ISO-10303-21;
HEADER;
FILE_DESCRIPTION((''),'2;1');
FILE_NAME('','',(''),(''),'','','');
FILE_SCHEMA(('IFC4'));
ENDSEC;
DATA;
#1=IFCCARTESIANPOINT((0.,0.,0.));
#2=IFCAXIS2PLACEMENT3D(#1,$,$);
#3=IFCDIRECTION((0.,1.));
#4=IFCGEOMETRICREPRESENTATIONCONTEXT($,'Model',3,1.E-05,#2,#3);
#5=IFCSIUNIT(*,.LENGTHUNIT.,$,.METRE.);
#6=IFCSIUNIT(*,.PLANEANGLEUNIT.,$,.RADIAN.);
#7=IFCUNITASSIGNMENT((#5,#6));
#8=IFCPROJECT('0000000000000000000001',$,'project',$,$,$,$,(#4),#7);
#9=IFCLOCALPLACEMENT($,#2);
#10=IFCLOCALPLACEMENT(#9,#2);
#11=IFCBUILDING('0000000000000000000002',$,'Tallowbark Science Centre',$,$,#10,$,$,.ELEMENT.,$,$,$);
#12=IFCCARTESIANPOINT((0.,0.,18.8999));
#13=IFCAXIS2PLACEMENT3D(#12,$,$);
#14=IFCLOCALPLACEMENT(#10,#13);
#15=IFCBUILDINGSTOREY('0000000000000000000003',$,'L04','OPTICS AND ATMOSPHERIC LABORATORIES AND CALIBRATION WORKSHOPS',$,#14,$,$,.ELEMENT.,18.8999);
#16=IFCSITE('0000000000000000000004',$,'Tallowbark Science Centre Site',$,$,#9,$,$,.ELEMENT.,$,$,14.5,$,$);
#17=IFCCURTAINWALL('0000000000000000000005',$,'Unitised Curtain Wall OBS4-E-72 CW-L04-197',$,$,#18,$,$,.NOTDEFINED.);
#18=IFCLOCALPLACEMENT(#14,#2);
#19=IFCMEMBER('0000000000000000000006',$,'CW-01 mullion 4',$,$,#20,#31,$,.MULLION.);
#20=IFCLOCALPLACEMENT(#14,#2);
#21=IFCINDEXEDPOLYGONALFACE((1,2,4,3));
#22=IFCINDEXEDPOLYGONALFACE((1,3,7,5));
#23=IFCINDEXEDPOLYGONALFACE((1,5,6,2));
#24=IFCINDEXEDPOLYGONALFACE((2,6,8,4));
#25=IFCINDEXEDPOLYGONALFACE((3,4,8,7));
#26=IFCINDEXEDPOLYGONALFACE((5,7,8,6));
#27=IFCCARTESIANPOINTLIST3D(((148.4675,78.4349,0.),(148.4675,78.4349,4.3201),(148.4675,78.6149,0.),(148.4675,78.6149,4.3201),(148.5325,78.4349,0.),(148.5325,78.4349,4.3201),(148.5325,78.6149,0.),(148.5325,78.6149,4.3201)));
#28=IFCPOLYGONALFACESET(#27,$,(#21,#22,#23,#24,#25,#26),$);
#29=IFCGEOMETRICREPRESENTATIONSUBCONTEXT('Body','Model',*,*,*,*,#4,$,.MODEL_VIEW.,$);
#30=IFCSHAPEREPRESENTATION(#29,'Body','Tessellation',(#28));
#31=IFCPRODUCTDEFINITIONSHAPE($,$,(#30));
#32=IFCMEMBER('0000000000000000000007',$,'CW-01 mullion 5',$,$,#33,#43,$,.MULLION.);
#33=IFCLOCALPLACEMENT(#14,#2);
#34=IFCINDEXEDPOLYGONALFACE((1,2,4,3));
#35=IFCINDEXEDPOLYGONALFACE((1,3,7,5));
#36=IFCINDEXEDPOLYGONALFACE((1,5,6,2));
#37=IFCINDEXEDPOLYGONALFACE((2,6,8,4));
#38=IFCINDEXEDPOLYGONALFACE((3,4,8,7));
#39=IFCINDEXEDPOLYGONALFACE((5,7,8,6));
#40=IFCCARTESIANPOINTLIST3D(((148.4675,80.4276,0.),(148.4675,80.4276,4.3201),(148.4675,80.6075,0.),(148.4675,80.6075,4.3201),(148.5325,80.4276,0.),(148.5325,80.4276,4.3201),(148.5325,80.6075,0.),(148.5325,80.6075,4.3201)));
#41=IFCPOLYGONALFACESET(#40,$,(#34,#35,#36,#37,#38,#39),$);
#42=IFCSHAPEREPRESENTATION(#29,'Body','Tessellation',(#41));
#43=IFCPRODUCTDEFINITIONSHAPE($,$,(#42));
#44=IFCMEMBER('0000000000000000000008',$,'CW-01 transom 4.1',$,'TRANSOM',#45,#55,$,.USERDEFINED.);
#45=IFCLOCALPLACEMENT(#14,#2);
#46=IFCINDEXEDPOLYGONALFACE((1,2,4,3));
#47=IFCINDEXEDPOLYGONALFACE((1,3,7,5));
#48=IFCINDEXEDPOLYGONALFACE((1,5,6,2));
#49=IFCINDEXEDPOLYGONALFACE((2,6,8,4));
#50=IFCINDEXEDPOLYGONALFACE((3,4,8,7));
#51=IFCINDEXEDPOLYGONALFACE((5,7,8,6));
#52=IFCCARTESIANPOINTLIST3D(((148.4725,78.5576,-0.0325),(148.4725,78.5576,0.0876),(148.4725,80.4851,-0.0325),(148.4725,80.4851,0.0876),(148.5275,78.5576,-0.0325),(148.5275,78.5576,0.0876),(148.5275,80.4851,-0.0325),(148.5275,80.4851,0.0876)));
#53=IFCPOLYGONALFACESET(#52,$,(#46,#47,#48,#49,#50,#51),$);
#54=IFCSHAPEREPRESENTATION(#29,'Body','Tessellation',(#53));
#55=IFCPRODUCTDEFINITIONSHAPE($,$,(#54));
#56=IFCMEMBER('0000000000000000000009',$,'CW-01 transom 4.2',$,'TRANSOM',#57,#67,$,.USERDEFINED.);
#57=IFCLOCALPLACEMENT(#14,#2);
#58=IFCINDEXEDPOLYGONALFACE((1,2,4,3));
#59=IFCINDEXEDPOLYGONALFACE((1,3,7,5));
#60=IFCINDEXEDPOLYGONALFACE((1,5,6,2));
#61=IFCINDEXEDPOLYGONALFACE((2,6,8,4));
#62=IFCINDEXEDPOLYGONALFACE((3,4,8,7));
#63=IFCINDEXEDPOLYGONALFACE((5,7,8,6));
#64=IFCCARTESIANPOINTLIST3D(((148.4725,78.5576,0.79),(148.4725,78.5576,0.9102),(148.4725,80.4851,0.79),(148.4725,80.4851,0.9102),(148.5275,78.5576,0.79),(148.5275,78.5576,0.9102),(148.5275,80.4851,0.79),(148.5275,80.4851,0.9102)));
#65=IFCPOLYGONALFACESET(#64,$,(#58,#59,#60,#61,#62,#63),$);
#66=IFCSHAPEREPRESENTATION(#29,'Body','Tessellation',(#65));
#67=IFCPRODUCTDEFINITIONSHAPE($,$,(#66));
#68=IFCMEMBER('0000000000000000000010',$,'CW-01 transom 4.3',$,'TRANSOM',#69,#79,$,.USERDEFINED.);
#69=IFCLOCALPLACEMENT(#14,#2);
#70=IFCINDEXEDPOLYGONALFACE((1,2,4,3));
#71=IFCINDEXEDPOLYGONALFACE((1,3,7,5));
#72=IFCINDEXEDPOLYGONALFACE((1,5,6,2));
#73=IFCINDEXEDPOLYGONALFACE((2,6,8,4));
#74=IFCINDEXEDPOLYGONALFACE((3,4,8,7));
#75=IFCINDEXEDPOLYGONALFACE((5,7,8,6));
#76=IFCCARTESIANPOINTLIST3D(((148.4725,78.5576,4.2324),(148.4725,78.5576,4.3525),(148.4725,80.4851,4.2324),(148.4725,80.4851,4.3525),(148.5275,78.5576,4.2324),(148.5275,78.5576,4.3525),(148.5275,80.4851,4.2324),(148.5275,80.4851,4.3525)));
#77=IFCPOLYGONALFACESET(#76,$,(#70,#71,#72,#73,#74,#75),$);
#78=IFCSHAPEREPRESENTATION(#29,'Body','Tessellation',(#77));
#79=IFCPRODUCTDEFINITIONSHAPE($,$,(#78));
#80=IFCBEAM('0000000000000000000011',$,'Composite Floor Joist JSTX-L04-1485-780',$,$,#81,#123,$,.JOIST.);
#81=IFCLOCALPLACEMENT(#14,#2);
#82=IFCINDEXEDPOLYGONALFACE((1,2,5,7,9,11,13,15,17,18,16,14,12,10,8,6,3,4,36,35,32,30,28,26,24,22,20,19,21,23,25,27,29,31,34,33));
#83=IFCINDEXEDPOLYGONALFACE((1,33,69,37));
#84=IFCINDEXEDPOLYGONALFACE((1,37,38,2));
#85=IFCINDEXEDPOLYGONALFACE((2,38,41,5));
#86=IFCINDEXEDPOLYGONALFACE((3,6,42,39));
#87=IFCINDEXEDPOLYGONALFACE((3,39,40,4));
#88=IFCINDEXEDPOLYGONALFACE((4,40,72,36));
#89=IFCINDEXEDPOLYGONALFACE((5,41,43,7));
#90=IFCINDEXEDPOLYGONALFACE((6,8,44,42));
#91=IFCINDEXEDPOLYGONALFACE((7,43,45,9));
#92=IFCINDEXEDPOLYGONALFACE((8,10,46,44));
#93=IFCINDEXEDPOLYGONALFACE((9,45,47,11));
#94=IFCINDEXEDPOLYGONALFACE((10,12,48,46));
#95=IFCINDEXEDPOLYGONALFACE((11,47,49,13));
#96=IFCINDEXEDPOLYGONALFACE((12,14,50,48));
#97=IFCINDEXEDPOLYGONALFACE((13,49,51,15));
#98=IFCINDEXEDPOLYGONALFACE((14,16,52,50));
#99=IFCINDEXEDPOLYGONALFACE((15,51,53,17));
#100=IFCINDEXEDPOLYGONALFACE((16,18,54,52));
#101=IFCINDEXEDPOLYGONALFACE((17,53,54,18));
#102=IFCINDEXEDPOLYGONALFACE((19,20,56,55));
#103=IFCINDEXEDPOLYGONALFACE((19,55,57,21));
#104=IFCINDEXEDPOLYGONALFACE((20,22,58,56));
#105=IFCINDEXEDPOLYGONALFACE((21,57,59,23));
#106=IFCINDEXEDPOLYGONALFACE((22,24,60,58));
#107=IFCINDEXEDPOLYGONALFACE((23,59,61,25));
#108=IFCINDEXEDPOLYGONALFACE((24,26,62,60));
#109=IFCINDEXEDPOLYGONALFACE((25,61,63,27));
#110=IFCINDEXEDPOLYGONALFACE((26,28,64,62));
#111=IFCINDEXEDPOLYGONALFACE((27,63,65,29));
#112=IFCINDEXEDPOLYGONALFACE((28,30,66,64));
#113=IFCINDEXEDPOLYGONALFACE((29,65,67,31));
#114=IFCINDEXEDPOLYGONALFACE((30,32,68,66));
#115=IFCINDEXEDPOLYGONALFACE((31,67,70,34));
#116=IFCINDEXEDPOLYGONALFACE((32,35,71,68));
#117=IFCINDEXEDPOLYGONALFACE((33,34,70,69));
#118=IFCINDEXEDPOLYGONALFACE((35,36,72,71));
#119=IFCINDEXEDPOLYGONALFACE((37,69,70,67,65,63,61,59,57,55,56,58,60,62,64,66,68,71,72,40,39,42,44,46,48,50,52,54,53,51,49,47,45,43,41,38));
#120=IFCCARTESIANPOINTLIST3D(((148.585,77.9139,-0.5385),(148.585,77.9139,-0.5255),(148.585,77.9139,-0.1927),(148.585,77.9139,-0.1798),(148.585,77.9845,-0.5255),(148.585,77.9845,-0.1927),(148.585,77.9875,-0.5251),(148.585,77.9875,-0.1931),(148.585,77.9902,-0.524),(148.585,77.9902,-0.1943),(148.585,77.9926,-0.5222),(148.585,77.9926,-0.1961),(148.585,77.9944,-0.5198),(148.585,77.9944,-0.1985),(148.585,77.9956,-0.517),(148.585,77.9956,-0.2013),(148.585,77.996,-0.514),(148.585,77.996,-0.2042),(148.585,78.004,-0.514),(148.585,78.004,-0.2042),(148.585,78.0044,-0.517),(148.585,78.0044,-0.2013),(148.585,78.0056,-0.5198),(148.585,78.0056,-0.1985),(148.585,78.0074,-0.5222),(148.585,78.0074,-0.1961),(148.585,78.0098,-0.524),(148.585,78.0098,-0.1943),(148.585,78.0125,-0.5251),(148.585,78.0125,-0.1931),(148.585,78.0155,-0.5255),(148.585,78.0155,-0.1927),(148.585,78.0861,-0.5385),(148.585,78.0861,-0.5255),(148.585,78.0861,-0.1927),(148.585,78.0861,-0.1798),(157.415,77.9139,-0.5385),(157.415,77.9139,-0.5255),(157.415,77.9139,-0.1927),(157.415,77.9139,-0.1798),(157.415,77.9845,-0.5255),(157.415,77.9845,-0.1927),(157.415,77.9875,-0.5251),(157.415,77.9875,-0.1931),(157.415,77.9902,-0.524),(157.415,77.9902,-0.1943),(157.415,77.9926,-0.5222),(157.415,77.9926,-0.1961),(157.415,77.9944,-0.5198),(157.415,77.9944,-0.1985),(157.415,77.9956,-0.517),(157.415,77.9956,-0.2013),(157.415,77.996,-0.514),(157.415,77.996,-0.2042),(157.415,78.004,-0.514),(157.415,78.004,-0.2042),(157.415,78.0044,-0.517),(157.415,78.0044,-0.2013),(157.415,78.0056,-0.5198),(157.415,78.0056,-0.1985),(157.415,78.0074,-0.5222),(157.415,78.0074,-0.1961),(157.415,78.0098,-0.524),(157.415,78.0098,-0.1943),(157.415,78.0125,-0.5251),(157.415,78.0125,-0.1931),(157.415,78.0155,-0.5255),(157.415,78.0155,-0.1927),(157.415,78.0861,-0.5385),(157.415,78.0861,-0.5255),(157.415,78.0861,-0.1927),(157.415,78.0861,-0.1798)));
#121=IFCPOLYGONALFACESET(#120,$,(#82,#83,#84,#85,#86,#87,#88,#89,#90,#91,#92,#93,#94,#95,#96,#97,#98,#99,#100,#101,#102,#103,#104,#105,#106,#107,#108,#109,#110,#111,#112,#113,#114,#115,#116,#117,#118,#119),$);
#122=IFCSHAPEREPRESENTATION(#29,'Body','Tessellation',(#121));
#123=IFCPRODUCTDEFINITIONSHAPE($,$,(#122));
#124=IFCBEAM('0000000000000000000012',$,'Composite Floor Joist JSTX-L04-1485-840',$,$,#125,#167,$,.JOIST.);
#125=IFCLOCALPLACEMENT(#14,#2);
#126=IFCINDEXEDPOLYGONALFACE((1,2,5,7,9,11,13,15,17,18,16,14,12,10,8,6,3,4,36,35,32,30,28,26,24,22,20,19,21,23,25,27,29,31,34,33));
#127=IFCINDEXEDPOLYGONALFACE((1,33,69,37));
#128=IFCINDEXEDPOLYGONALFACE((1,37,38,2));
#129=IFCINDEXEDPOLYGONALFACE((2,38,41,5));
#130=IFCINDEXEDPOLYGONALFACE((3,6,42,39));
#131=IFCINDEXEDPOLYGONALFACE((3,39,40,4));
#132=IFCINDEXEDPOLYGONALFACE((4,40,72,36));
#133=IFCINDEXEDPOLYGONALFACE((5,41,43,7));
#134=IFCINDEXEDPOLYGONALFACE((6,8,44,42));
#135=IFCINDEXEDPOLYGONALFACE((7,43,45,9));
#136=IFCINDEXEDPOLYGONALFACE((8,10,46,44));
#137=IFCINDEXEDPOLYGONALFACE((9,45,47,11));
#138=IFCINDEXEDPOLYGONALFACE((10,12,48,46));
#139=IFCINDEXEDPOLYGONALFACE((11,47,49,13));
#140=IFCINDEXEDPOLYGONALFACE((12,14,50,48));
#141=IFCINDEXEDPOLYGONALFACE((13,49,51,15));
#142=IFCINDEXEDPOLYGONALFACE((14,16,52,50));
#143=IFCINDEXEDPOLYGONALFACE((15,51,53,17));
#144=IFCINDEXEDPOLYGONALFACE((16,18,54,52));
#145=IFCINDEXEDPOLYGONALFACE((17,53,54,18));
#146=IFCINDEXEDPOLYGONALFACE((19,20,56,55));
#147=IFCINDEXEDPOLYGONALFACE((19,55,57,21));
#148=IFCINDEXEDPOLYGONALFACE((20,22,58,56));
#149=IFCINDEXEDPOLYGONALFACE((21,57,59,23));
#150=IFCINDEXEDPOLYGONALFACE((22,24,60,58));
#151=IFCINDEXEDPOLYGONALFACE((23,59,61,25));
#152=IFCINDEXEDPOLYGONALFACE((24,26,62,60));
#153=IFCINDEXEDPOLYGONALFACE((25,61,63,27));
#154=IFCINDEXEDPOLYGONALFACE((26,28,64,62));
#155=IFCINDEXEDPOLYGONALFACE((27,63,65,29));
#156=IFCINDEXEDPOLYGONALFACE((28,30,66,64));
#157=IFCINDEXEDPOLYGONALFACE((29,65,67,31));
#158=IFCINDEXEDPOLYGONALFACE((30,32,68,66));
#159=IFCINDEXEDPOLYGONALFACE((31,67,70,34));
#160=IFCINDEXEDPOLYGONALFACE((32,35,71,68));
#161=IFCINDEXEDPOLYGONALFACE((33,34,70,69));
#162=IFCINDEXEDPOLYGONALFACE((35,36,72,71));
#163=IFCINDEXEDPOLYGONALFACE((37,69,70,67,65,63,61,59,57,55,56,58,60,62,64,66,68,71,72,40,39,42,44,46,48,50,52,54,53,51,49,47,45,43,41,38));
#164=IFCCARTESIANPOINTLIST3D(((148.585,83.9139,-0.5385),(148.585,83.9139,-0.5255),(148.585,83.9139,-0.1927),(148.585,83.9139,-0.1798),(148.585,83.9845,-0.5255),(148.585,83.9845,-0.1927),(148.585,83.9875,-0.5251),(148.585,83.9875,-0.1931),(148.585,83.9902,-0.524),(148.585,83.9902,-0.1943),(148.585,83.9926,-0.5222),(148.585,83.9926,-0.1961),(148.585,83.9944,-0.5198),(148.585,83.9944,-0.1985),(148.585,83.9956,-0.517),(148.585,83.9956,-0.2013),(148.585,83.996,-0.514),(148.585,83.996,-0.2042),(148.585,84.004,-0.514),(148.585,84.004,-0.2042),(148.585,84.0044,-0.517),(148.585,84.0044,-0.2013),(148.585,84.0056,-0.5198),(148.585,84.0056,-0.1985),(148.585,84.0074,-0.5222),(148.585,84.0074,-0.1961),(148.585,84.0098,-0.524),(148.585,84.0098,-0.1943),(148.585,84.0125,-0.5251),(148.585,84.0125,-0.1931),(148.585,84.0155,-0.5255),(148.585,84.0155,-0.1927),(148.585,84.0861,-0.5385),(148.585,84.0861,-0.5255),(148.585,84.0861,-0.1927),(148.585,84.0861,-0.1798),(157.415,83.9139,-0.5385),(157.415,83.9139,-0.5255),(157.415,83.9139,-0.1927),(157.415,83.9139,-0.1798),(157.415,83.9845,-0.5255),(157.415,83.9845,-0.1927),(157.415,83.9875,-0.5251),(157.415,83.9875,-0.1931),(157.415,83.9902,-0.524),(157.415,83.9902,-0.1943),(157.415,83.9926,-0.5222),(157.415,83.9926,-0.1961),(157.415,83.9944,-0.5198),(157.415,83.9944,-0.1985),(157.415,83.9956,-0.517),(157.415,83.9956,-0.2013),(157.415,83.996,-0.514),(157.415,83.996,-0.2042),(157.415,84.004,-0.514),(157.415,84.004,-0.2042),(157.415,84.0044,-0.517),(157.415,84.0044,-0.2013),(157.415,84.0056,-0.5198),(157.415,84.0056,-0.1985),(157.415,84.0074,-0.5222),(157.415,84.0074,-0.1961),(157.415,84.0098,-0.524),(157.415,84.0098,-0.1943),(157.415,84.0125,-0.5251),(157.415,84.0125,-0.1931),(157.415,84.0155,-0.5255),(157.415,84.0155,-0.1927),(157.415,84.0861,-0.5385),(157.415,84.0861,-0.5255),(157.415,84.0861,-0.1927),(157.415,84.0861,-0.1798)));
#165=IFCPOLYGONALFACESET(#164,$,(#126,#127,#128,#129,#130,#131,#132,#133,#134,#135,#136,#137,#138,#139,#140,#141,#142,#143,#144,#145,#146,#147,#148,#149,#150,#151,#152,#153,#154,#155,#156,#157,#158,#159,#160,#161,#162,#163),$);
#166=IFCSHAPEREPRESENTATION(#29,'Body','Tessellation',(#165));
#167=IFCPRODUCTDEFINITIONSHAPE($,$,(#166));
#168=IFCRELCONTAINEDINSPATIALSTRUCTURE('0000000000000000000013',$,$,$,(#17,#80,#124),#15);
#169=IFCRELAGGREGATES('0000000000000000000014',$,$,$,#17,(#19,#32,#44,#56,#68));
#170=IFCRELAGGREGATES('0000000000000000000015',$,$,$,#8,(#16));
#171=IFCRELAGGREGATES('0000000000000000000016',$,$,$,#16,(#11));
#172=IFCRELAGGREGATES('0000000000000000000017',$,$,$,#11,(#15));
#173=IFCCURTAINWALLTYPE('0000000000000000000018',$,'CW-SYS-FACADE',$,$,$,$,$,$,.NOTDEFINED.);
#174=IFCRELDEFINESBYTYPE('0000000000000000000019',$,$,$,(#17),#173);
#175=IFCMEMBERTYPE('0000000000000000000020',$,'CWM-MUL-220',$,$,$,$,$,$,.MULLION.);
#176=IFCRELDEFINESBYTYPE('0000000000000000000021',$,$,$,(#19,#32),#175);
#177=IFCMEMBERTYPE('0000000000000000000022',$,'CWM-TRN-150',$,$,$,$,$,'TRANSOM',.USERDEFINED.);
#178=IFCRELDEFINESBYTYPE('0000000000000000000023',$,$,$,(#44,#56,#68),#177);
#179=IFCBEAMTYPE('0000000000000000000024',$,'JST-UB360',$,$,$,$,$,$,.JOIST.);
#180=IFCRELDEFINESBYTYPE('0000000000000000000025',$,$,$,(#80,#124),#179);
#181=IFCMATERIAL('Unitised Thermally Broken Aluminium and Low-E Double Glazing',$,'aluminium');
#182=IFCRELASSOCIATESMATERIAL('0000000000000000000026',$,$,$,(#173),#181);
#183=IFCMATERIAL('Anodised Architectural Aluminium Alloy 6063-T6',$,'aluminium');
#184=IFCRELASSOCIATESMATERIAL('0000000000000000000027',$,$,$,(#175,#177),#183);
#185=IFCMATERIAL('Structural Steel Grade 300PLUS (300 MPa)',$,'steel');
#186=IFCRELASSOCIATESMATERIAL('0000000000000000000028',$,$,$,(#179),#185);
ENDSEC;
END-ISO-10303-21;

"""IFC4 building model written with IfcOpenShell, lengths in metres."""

from ifc_helpers import new_model, si_unit, direction, frame, origin, origin_2d, place, context, subcontext, project, spatial, rectangle, i_section, extrude, material, material_profile, profile_set, type_object, element, aggregate, save


model = new_model("IFC4")

# Units and contexts
model_context = context("Model", 3, precision=1e-05, world=origin(), true_north=direction((0.0, 1.0)))
body_context = subcontext(model_context, "Body", "Model", "MODEL_VIEW")
ifc_project = project(units=[si_unit("LENGTHUNIT", "METRE"), si_unit("PLANEANGLEUNIT", "RADIAN")], contexts=[model_context])

# Site, building, storey
site_placement = place(None, origin())
site = spatial("IfcSite", under=ifc_project, at=site_placement, Name="Tallowbark Science Centre Site", CompositionType="ELEMENT", RefElevation=14.5)
building_placement = place(site_placement, origin())
building = spatial("IfcBuilding", under=site, at=building_placement, Name="Tallowbark Science Centre", CompositionType="ELEMENT")
storey_placement = place(building_placement, frame((0.0, 0.0, 18.8999)))
storey = spatial("IfcBuildingStorey", under=building, at=storey_placement, Name="L04", Description="OPTICS AND ATMOSPHERIC LABORATORIES AND CALIBRATION WORKSHOPS", CompositionType="ELEMENT", Elevation=18.8999)

# Shared definitions
ifc_material_1 = material(Name="Structural Steel Grade 300PLUS (300 MPa)", Category="steel")

# Curtain wall, members
ifc_material_2 = material(Name="Unitised Thermally Broken Aluminium and Low-E Double Glazing", Category="aluminium")
curtain_wall_type = type_object("IfcCurtainWallType", Name="CW-SYS-FACADE", PredefinedType="NOTDEFINED", material=ifc_material_2)
curtain_wall_placement = place(storey_placement, origin())
curtain_wall = element("IfcCurtainWall", 1, at=curtain_wall_placement, inside=storey, type_object=curtain_wall_type, Name="Unitised Curtain Wall OBS4-E-72 CW-L04-197", PredefinedType="NOTDEFINED")
ifc_material_3 = material(Name="Anodised Architectural Aluminium Alloy 6063-T6", Category="aluminium")
ifc_material_profile_1 = material_profile(ifc_material_3, rectangle(XDim=0.0649, YDim=0.1799, at=origin_2d()), Name="ALU65x180")
ifc_profile_set_1 = profile_set([ifc_material_profile_1], Name="Anodised Architectural Aluminium Alloy 6063-T6")
member_type_1 = type_object("IfcMemberType", Name="CWM-MUL-220", PredefinedType="MULLION", material=ifc_profile_set_1)
member_1_placement = place(storey_placement, frame((148.5, 78.5249, 0.0), z_axis=(0.0, 0.0, 1.0), x_axis=(-1.0, 0.0, 0.0)))
member_1 = element("IfcMember", 2, at=member_1_placement, type_object=member_type_1, Name="CW-01 mullion 4", PredefinedType="MULLION", context=body_context, shape_type="SweptSolid", body=[
    extrude(rectangle(XDim=0.0649, YDim=0.1799, at=origin_2d()), origin(), (0.0, 0.0, 1.0), 4.3201),
])
member_2_placement = place(storey_placement, frame((148.5, 80.5176, 0.0), z_axis=(0.0, 0.0, 1.0), x_axis=(-1.0, 0.0, 0.0)))
member_2 = element("IfcMember", 3, at=member_2_placement, type_object=member_type_1, Name="CW-01 mullion 5", PredefinedType="MULLION", context=body_context, shape_type="SweptSolid", body=[
    extrude(rectangle(XDim=0.0649, YDim=0.1799, at=origin_2d()), origin(), (0.0, 0.0, 1.0), 4.3201),
])
ifc_material_profile_2 = material_profile(ifc_material_3, rectangle(XDim=0.0549, YDim=0.1201, at=origin_2d()), Name="ALU55x120")
ifc_profile_set_2 = profile_set([ifc_material_profile_2], Name="Anodised Architectural Aluminium Alloy 6063-T6")
member_type_2 = type_object("IfcMemberType", Name="CWM-TRN-150", ElementType="TRANSOM", PredefinedType="USERDEFINED", material=ifc_profile_set_2)
member_3_placement = place(storey_placement, frame((148.5, 78.5576, 0.0276), z_axis=(0.0, 1.0, 0.0), x_axis=(-1.0, 0.0, 0.0)))
member_3 = element("IfcMember", 4, at=member_3_placement, type_object=member_type_2, Name="CW-01 transom 4.1", ObjectType="TRANSOM", PredefinedType="USERDEFINED", context=body_context, shape_type="SweptSolid", body=[
    extrude(rectangle(XDim=0.0549, YDim=0.1201, at=origin_2d()), origin(), (0.0, 0.0, 1.0), 1.9275),
])
member_4_placement = place(storey_placement, frame((148.5, 78.5576, 0.8501), z_axis=(0.0, 1.0, 0.0), x_axis=(-1.0, 0.0, 0.0)))
member_4 = element("IfcMember", 5, at=member_4_placement, type_object=member_type_2, Name="CW-01 transom 4.2", ObjectType="TRANSOM", PredefinedType="USERDEFINED", context=body_context, shape_type="SweptSolid", body=[
    extrude(rectangle(XDim=0.0549, YDim=0.1201, at=origin_2d()), origin(), (0.0, 0.0, 1.0), 1.9275),
])
member_5_placement = place(storey_placement, frame((148.5, 78.5576, 4.2925), z_axis=(0.0, 1.0, 0.0), x_axis=(-1.0, 0.0, 0.0)))
member_5 = element("IfcMember", 6, at=member_5_placement, type_object=member_type_2, Name="CW-01 transom 4.3", ObjectType="TRANSOM", PredefinedType="USERDEFINED", context=body_context, shape_type="SweptSolid", body=[
    extrude(rectangle(XDim=0.0549, YDim=0.1201, at=origin_2d()), origin(), (0.0, 0.0, 1.0), 1.9275),
])

# Beams
ifc_material_profile_3 = material_profile(ifc_material_1, i_section(OverallWidth=0.1721, OverallDepth=0.3586, WebThickness=0.0081, FlangeThickness=0.0129, FilletRadius=0.0115, at=origin_2d()), Name="360UB56.7")
ifc_profile_set_3 = profile_set([ifc_material_profile_3], Name="Structural Steel Grade 300PLUS (300 MPa)")
beam_type_1 = type_object("IfcBeamType", Name="JST-UB360", PredefinedType="JOIST", material=ifc_profile_set_3)
for number, where, z_axis, x_axis, name in (
    (7, (148.585, 78.0, -0.3591), (1.0, 0.0, 0.0), (0.0, 1.0, 0.0), "Composite Floor Joist JSTX-L04-1485-780"),
    (8, (148.585, 84.0, -0.3591), (1.0, 0.0, 0.0), (0.0, 1.0, 0.0), "Composite Floor Joist JSTX-L04-1485-840"),
):
    element("IfcBeam", number, at=place(storey_placement, frame(where, z_axis=z_axis, x_axis=x_axis)), inside=storey, type_object=beam_type_1, Name=name, PredefinedType="JOIST", context=body_context, shape_type="SweptSolid", body=[
        extrude(i_section(OverallWidth=0.1721, OverallDepth=0.3586, WebThickness=0.0081, FlangeThickness=0.0129, FilletRadius=0.0115, at=origin_2d()), origin(), (0.0, 0.0, 1.0), 8.8301),
    ])

aggregate(curtain_wall, [member_1, member_2, member_3, member_4, member_5])

save(model, "model.ifc")
